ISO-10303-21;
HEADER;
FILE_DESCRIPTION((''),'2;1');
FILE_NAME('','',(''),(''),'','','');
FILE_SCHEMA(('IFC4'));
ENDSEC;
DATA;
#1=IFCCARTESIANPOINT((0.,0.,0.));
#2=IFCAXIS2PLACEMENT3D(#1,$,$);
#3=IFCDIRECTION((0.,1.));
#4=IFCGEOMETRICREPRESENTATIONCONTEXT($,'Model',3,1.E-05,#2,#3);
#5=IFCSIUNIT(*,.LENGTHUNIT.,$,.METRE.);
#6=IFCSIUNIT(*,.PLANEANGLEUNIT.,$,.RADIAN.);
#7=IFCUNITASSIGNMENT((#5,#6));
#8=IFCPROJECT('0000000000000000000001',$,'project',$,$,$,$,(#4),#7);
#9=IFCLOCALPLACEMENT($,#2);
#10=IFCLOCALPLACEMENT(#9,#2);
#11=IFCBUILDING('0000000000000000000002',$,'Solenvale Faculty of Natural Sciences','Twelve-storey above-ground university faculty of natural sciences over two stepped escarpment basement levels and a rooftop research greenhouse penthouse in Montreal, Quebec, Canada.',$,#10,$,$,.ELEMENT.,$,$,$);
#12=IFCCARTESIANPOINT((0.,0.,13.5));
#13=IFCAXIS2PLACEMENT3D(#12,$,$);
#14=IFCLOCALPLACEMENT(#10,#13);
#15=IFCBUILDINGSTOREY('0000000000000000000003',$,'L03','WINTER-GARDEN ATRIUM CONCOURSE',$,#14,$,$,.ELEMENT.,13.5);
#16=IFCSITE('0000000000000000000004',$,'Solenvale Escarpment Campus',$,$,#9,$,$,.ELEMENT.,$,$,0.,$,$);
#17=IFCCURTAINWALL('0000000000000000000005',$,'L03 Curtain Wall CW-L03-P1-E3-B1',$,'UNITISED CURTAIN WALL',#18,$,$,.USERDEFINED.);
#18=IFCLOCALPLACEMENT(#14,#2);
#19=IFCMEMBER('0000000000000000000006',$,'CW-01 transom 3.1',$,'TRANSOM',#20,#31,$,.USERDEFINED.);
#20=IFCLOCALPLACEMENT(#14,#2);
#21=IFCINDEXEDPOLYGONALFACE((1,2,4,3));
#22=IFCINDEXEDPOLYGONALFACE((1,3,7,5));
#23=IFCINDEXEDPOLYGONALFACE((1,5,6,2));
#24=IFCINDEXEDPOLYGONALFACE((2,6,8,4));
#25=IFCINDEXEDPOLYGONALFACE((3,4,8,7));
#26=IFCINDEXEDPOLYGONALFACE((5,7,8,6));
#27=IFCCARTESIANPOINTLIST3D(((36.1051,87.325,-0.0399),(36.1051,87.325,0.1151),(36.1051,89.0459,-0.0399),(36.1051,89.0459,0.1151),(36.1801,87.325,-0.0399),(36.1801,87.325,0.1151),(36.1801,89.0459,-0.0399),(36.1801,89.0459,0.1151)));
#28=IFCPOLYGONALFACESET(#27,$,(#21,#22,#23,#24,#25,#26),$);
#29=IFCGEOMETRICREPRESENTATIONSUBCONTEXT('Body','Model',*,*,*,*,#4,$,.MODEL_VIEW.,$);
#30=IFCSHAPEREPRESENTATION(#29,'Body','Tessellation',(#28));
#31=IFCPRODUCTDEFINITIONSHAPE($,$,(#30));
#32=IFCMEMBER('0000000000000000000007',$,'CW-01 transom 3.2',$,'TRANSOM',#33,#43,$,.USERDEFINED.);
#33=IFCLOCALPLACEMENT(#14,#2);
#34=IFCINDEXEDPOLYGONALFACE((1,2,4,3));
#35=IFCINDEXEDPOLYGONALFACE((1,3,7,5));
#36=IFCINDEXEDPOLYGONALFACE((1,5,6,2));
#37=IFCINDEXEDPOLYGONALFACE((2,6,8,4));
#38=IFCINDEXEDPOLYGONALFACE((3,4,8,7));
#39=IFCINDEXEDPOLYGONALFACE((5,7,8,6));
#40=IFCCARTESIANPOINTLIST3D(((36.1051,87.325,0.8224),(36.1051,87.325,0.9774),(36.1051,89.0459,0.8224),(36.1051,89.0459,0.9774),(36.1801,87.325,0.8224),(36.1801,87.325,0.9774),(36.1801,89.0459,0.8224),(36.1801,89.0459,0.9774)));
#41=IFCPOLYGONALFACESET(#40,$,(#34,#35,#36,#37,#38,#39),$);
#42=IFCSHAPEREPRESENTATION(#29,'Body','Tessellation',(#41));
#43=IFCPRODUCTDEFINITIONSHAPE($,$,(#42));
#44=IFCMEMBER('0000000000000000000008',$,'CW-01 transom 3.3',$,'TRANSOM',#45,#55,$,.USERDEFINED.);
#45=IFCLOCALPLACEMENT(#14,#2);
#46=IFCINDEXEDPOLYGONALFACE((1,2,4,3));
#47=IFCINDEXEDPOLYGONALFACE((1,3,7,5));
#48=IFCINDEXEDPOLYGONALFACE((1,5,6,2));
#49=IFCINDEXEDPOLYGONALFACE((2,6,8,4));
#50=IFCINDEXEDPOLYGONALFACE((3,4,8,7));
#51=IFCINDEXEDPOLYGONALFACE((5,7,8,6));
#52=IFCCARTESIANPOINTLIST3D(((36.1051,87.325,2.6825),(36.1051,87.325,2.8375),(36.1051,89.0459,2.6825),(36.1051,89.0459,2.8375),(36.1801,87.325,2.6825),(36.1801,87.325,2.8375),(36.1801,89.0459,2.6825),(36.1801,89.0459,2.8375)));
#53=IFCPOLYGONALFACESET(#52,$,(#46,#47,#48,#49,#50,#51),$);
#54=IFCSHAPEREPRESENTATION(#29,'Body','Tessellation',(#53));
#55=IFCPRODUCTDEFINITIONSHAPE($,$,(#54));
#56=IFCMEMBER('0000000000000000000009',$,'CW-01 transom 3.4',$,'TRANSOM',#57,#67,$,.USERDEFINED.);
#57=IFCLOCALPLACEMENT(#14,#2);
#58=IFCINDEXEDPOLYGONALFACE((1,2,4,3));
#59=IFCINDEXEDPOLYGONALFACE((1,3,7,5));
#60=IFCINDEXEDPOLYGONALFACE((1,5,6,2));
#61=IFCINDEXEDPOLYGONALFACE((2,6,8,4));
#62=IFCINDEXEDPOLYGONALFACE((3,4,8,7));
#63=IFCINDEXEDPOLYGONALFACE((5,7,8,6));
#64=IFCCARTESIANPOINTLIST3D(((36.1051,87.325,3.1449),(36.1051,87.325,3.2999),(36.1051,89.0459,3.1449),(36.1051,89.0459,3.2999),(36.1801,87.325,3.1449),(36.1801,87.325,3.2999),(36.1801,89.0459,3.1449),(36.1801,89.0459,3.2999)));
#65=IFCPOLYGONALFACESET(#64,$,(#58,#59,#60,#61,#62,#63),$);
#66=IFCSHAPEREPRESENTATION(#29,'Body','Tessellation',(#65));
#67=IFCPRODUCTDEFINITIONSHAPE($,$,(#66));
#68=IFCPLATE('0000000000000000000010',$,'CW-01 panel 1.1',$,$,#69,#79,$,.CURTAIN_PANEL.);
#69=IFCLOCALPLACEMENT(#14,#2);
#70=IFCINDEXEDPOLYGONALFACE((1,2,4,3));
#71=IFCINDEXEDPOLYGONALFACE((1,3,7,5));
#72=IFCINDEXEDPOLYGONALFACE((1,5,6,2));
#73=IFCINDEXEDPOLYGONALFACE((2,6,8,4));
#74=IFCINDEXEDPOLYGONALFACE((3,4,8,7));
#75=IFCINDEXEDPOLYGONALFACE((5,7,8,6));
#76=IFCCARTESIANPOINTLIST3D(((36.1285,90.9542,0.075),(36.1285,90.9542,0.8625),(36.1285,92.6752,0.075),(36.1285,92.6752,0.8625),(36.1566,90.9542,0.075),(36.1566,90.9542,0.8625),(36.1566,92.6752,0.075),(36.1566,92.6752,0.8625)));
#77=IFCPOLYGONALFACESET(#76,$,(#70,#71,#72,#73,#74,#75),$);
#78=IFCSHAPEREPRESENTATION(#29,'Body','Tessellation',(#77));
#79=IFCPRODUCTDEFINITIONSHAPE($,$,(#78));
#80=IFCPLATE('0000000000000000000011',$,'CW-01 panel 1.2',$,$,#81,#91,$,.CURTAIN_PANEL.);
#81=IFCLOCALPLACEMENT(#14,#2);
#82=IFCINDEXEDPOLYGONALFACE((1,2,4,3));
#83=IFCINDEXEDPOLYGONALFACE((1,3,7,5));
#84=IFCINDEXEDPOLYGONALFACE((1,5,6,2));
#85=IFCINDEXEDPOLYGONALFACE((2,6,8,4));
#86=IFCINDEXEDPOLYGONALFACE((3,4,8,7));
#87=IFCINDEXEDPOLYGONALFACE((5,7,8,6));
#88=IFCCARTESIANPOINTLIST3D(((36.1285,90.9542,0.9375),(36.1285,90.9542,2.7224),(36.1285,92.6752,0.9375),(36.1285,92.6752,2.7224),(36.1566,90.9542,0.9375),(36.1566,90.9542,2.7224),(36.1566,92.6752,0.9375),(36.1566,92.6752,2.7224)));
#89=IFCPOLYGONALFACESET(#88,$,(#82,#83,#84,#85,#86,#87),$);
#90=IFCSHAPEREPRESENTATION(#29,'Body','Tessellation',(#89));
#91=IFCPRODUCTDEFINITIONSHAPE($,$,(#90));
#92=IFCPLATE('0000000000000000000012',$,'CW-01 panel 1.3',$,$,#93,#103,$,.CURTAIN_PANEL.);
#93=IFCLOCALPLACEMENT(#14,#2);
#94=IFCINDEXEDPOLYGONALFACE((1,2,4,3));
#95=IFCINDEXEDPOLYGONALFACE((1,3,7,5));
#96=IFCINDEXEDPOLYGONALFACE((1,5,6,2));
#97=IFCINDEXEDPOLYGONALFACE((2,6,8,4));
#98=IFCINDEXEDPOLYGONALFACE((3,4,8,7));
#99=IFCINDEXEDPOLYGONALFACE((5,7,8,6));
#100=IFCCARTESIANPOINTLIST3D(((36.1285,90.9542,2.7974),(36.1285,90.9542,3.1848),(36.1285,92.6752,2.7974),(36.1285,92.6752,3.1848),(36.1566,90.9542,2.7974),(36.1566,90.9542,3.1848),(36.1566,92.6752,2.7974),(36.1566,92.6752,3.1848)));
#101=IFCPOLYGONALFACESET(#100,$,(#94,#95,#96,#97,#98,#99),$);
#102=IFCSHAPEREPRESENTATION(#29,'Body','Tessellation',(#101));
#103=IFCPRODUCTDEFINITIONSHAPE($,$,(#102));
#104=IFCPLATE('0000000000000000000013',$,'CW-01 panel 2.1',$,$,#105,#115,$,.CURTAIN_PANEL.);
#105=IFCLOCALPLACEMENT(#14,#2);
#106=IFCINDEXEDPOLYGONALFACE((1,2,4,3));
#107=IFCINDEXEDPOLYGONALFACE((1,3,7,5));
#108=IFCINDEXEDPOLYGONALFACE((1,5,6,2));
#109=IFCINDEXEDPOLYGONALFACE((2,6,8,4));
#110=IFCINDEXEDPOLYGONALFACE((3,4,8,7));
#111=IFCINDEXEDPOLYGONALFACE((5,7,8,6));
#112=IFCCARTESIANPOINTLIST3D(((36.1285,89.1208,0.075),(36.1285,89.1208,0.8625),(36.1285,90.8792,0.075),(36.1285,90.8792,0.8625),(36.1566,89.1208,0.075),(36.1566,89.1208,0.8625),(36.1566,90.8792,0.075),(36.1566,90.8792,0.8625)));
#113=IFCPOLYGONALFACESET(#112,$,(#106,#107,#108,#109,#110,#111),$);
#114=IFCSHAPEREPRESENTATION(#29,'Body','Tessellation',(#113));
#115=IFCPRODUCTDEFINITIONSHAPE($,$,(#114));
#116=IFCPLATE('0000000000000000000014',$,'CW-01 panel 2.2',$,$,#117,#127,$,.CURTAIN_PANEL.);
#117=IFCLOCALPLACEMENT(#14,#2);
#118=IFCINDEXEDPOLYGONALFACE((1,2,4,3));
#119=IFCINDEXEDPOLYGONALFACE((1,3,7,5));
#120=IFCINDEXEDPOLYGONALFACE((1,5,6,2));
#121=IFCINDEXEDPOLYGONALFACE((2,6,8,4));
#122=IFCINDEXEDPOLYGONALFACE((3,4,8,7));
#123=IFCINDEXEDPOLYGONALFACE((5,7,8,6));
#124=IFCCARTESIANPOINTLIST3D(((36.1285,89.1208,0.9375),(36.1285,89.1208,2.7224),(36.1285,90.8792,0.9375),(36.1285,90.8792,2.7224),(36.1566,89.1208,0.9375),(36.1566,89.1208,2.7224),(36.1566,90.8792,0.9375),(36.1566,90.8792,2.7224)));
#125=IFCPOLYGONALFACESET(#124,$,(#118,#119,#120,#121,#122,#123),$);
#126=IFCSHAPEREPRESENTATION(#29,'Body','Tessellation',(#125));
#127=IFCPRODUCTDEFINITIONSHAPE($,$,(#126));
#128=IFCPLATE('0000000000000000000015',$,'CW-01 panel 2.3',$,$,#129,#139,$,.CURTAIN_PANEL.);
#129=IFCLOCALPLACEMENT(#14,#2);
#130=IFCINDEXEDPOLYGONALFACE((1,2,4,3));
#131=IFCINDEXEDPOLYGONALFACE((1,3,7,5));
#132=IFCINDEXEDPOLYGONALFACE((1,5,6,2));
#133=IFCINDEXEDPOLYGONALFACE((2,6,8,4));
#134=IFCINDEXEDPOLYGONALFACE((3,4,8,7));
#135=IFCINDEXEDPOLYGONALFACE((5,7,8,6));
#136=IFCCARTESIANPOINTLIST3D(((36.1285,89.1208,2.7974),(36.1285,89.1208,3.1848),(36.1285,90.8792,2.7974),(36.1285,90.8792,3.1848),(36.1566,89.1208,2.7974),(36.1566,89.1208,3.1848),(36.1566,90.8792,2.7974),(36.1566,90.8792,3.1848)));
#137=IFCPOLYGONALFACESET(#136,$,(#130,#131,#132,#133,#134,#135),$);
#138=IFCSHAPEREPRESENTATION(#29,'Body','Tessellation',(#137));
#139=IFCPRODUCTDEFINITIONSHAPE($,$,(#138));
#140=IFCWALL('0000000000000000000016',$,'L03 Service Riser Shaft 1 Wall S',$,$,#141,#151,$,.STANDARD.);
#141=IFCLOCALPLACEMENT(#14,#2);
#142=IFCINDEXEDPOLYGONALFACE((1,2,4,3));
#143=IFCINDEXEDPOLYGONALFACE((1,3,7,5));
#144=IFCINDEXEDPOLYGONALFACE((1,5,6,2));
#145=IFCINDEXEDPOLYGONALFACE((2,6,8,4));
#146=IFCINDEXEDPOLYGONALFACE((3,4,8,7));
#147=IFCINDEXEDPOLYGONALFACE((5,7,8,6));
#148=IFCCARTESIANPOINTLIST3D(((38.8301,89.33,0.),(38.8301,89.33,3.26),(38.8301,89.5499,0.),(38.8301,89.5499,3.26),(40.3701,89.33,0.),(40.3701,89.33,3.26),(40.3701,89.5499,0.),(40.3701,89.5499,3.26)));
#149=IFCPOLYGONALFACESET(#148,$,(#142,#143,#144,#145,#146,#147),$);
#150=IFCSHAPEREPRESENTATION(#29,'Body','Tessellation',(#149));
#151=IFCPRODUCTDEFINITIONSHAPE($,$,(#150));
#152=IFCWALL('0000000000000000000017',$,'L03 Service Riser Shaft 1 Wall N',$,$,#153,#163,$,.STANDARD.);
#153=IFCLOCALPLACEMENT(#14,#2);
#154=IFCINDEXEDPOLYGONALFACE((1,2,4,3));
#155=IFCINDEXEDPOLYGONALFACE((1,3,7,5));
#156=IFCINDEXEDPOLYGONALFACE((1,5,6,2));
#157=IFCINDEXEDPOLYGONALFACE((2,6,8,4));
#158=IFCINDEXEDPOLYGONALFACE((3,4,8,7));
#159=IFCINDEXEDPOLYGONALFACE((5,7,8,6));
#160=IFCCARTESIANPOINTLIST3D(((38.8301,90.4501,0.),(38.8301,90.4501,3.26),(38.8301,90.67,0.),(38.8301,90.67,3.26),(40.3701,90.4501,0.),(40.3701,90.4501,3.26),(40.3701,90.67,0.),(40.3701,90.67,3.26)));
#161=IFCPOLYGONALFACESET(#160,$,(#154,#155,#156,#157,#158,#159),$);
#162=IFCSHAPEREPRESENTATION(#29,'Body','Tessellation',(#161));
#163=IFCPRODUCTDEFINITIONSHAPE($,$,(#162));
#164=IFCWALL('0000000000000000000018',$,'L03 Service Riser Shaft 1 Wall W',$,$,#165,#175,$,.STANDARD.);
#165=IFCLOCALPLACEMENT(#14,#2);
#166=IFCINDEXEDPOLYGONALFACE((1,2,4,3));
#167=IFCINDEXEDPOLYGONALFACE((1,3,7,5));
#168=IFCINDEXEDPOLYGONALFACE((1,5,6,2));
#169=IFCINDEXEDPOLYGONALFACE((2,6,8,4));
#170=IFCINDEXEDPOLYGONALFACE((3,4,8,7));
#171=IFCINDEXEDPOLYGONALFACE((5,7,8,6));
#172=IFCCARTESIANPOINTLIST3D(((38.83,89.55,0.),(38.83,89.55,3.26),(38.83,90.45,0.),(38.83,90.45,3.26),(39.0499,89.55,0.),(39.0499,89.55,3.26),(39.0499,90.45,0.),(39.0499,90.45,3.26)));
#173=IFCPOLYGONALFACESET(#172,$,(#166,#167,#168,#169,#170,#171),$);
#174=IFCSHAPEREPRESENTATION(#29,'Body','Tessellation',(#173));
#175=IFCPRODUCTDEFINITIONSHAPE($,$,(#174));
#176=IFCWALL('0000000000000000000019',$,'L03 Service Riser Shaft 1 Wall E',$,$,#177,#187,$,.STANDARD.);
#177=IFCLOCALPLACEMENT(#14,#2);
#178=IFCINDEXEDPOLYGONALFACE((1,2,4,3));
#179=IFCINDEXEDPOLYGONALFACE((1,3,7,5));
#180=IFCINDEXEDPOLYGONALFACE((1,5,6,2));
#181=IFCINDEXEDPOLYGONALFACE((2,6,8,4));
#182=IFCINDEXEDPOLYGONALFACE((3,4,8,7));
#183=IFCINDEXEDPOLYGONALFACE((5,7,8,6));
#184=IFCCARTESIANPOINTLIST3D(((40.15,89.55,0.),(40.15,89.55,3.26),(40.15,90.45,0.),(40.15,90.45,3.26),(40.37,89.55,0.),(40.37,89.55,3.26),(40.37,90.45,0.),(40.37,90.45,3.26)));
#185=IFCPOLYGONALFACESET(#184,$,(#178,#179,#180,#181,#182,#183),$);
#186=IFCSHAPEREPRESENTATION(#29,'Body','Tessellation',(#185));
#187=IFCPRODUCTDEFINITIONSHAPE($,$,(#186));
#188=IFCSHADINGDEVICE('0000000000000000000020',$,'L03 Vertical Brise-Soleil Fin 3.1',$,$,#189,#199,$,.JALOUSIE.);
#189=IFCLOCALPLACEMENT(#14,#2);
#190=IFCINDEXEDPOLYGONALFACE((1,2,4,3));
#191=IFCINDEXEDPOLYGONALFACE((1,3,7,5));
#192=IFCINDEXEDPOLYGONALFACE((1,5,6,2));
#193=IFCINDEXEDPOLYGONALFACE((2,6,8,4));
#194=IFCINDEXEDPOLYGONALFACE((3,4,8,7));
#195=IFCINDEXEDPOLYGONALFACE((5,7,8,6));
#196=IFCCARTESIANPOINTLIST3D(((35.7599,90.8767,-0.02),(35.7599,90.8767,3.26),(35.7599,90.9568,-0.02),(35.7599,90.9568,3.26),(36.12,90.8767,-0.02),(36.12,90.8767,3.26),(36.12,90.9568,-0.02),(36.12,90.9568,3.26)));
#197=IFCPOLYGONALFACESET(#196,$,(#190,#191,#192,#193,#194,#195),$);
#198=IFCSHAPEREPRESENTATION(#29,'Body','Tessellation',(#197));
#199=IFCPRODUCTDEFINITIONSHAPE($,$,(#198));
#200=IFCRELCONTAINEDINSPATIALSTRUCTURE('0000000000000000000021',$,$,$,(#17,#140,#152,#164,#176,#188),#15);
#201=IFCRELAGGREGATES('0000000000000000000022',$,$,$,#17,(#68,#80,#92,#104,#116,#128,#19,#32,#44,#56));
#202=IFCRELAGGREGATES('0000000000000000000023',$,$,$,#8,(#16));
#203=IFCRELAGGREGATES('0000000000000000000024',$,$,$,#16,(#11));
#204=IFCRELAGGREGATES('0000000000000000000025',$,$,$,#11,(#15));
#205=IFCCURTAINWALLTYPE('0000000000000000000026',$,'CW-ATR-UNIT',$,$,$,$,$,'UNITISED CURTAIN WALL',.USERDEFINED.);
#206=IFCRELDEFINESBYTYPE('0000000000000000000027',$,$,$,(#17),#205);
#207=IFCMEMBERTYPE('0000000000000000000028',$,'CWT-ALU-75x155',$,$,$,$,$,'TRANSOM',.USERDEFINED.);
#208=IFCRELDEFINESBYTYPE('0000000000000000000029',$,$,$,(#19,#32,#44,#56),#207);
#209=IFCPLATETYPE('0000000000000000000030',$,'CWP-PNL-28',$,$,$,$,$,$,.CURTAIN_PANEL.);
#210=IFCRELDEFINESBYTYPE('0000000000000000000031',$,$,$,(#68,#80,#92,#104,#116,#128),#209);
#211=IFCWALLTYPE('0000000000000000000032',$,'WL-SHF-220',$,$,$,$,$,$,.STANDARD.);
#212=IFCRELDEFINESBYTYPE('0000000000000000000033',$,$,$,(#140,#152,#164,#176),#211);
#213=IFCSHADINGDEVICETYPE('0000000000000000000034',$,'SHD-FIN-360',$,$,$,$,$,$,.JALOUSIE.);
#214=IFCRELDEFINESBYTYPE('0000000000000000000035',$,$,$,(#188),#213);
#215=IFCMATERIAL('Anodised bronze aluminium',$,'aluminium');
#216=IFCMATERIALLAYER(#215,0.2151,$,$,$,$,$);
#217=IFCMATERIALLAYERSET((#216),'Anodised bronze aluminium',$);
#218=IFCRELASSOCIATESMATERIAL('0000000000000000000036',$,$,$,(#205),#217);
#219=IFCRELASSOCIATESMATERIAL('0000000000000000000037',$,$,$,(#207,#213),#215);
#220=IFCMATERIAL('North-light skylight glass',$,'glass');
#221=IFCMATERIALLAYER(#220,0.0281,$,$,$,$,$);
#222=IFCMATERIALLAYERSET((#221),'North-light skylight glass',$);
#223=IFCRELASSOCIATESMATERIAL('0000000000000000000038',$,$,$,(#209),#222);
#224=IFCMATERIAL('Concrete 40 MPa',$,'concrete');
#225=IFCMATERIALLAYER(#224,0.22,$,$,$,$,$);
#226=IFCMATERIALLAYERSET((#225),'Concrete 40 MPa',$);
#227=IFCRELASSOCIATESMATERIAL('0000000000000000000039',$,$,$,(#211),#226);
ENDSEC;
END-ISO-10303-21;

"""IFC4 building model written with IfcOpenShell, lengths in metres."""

from ifc_helpers import new_model, si_unit, direction, frame, frame_2d, origin, origin_2d, place, context, subcontext, project, spatial, rectangle, extrude, material, layer, layer_set, material_profile, profile_set, type_object, element, aggregate, save


model = new_model("IFC4")

# Units and contexts
model_context = context("Model", 3, precision=1e-05, world=origin(), true_north=direction((0.0, 1.0)))
body_context = subcontext(model_context, "Body", "Model", "MODEL_VIEW")
ifc_project = project(units=[si_unit("LENGTHUNIT", "METRE"), si_unit("PLANEANGLEUNIT", "RADIAN")], contexts=[model_context])

# Site, building, storey
site_placement = place(None, origin())
site = spatial("IfcSite", under=ifc_project, at=site_placement, Name="Solenvale Escarpment Campus", CompositionType="ELEMENT", RefElevation=0.0)
building_placement = place(site_placement, origin())
building = spatial("IfcBuilding", under=site, at=building_placement, Name="Solenvale Faculty of Natural Sciences", Description="Twelve-storey above-ground university faculty of natural sciences over two stepped escarpment basement levels and a rooftop research greenhouse penthouse in Montreal, Quebec, Canada.", CompositionType="ELEMENT")
storey_placement = place(building_placement, frame((0.0, 0.0, 13.5)))
storey = spatial("IfcBuildingStorey", under=building, at=storey_placement, Name="L03", Description="WINTER-GARDEN ATRIUM CONCOURSE", CompositionType="ELEMENT", Elevation=13.5)

# Curtain wall, members, plates
ifc_material_1 = material(Name="Anodised bronze aluminium", Category="aluminium")
ifc_layer_1 = layer(ifc_material_1, 0.2151)
ifc_layer_set_1 = layer_set([ifc_layer_1], Name="Anodised bronze aluminium")
curtain_wall_type = type_object("IfcCurtainWallType", Name="CW-ATR-UNIT", ElementType="UNITISED CURTAIN WALL", PredefinedType="USERDEFINED", material=ifc_layer_set_1)
curtain_wall_placement = place(storey_placement, origin())
curtain_wall = element("IfcCurtainWall", 1, at=curtain_wall_placement, inside=storey, type_object=curtain_wall_type, Name="L03 Curtain Wall CW-L03-P1-E3-B1", ObjectType="UNITISED CURTAIN WALL", PredefinedType="USERDEFINED")
ifc_material_profile_1 = material_profile(ifc_material_1, rectangle(XDim=0.075, YDim=0.155, at=origin_2d()), Name="ALU-TRN-75x155")
ifc_profile_set_1 = profile_set([ifc_material_profile_1], Name="Anodised bronze aluminium")
member_type_1 = type_object("IfcMemberType", Name="CWT-ALU-75x155", ElementType="TRANSOM", PredefinedType="USERDEFINED", material=ifc_profile_set_1)
member_1_placement = place(storey_placement, frame((36.1426, 89.0459, 0.0376), z_axis=(0.0, -1.0, 0.0), x_axis=(1.0, 0.0, 0.0)))
member_1 = element("IfcMember", 2, at=member_1_placement, type_object=member_type_1, Name="CW-01 transom 3.1", ObjectType="TRANSOM", PredefinedType="USERDEFINED", context=body_context, shape_type="SweptSolid", body=[
    extrude(rectangle(XDim=0.075, YDim=0.155, at=origin_2d()), origin(), (0.0, 0.0, 1.0), 1.7209),
])
member_2_placement = place(storey_placement, frame((36.1426, 89.0459, 0.8999), z_axis=(0.0, -1.0, 0.0), x_axis=(1.0, 0.0, 0.0)))
member_2 = element("IfcMember", 3, at=member_2_placement, type_object=member_type_1, Name="CW-01 transom 3.2", ObjectType="TRANSOM", PredefinedType="USERDEFINED", context=body_context, shape_type="SweptSolid", body=[
    extrude(rectangle(XDim=0.075, YDim=0.155, at=origin_2d()), origin(), (0.0, 0.0, 1.0), 1.7209),
])
member_3_placement = place(storey_placement, frame((36.1426, 89.0459, 2.76), z_axis=(0.0, -1.0, 0.0), x_axis=(1.0, 0.0, 0.0)))
member_3 = element("IfcMember", 4, at=member_3_placement, type_object=member_type_1, Name="CW-01 transom 3.3", ObjectType="TRANSOM", PredefinedType="USERDEFINED", context=body_context, shape_type="SweptSolid", body=[
    extrude(rectangle(XDim=0.075, YDim=0.155, at=origin_2d()), origin(), (0.0, 0.0, 1.0), 1.7209),
])
member_4_placement = place(storey_placement, frame((36.1426, 89.0459, 3.2224), z_axis=(0.0, -1.0, 0.0), x_axis=(1.0, 0.0, 0.0)))
member_4 = element("IfcMember", 5, at=member_4_placement, type_object=member_type_1, Name="CW-01 transom 3.4", ObjectType="TRANSOM", PredefinedType="USERDEFINED", context=body_context, shape_type="SweptSolid", body=[
    extrude(rectangle(XDim=0.075, YDim=0.155, at=origin_2d()), origin(), (0.0, 0.0, 1.0), 1.7209),
])
ifc_material_2 = material(Name="North-light skylight glass", Category="glass")
ifc_layer_2 = layer(ifc_material_2, 0.0281)
ifc_layer_set_2 = layer_set([ifc_layer_2], Name="North-light skylight glass")
plate_type = type_object("IfcPlateType", Name="CWP-PNL-28", PredefinedType="CURTAIN_PANEL", material=ifc_layer_set_2)
plate_1_placement = place(storey_placement, frame((36.1426, 91.8147, 0.075), z_axis=(0.0, 0.0, 1.0), x_axis=(0.0, -1.0, 0.0)))
plate_1 = element("IfcPlate", 6, at=plate_1_placement, type_object=plate_type, Name="CW-01 panel 1.1", PredefinedType="CURTAIN_PANEL", context=body_context, shape_type="SweptSolid", body=[
    extrude(rectangle(XDim=1.7209, YDim=0.0281, at=origin_2d()), origin(), (0.0, 0.0, 1.0), 0.7876),
])
plate_2_placement = place(storey_placement, frame((36.1426, 91.8147, 0.9375), z_axis=(0.0, 0.0, 1.0), x_axis=(0.0, -1.0, 0.0)))
plate_2 = element("IfcPlate", 7, at=plate_2_placement, type_object=plate_type, Name="CW-01 panel 1.2", PredefinedType="CURTAIN_PANEL", context=body_context, shape_type="SweptSolid", body=[
    extrude(rectangle(XDim=1.7209, YDim=0.0281, at=origin_2d()), origin(), (0.0, 0.0, 1.0), 1.7849),
])
plate_3_placement = place(storey_placement, frame((36.1426, 91.8147, 2.7974), z_axis=(0.0, 0.0, 1.0), x_axis=(0.0, -1.0, 0.0)))
plate_3 = element("IfcPlate", 8, at=plate_3_placement, type_object=plate_type, Name="CW-01 panel 1.3", PredefinedType="CURTAIN_PANEL", context=body_context, shape_type="SweptSolid", body=[
    extrude(rectangle(XDim=1.7209, YDim=0.0281, at=origin_2d()), origin(), (0.0, 0.0, 1.0), 0.3875),
])
plate_4_placement = place(storey_placement, frame((36.1426, 90.0, 0.075), z_axis=(0.0, 0.0, 1.0), x_axis=(0.0, -1.0, 0.0)))
plate_4 = element("IfcPlate", 9, at=plate_4_placement, type_object=plate_type, Name="CW-01 panel 2.1", PredefinedType="CURTAIN_PANEL", context=body_context, shape_type="SweptSolid", body=[
    extrude(rectangle(XDim=1.7583, YDim=0.0281, at=origin_2d()), origin(), (0.0, 0.0, 1.0), 0.7876),
])
plate_5_placement = place(storey_placement, frame((36.1426, 90.0, 0.9375), z_axis=(0.0, 0.0, 1.0), x_axis=(0.0, -1.0, 0.0)))
plate_5 = element("IfcPlate", 10, at=plate_5_placement, type_object=plate_type, Name="CW-01 panel 2.2", PredefinedType="CURTAIN_PANEL", context=body_context, shape_type="SweptSolid", body=[
    extrude(rectangle(XDim=1.7583, YDim=0.0281, at=origin_2d()), origin(), (0.0, 0.0, 1.0), 1.7849),
])
plate_6_placement = place(storey_placement, frame((36.1426, 90.0, 2.7974), z_axis=(0.0, 0.0, 1.0), x_axis=(0.0, -1.0, 0.0)))
plate_6 = element("IfcPlate", 11, at=plate_6_placement, type_object=plate_type, Name="CW-01 panel 2.3", PredefinedType="CURTAIN_PANEL", context=body_context, shape_type="SweptSolid", body=[
    extrude(rectangle(XDim=1.7583, YDim=0.0281, at=origin_2d()), origin(), (0.0, 0.0, 1.0), 0.3875),
])
aggregate(curtain_wall, [plate_1, plate_2, plate_3, plate_4, plate_5, plate_6, member_1, member_2, member_3, member_4])

# Walls
ifc_material_3 = material(Name="Concrete 40 MPa", Category="concrete")
ifc_layer_3 = layer(ifc_material_3, 0.22)
ifc_layer_set_3 = layer_set([ifc_layer_3], Name="Concrete 40 MPa")
wall_type = type_object("IfcWallType", Name="WL-SHF-220", PredefinedType="STANDARD", material=ifc_layer_set_3)
for number, where, z_axis, x_axis, name in (
    (12, (38.8301, 89.4399, 0.0), (0.0, 0.0, 1.0), (1.0, 0.0, 0.0), "L03 Service Riser Shaft 1 Wall S"),
    (13, (38.8301, 90.5601, 0.0), (0.0, 0.0, 1.0), (1.0, 0.0, 0.0), "L03 Service Riser Shaft 1 Wall N"),
):
    element("IfcWall", number, at=place(storey_placement, frame(where, z_axis=z_axis, x_axis=x_axis)), inside=storey, type_object=wall_type, Name=name, PredefinedType="STANDARD", context=body_context, shape_type="SweptSolid", body=[
        extrude(rectangle(XDim=1.54, YDim=0.22, at=frame_2d((0.77, 0.0))), origin(), (0.0, 0.0, 1.0), 3.26),
    ])
for number, where, z_axis, x_axis, name in (
    (14, (38.9399, 89.55, 0.0), (0.0, 0.0, 1.0), (0.0, 1.0, 0.0), "L03 Service Riser Shaft 1 Wall W"),
    (15, (40.26, 89.55, 0.0), (0.0, 0.0, 1.0), (0.0, 1.0, 0.0), "L03 Service Riser Shaft 1 Wall E"),
):
    element("IfcWall", number, at=place(storey_placement, frame(where, z_axis=z_axis, x_axis=x_axis)), inside=storey, type_object=wall_type, Name=name, PredefinedType="STANDARD", context=body_context, shape_type="SweptSolid", body=[
        extrude(rectangle(XDim=0.8999, YDim=0.22, at=frame_2d((0.45, 0.0))), origin(), (0.0, 0.0, 1.0), 3.26),
    ])

# Shading device
ifc_material_profile_2 = material_profile(ifc_material_1, rectangle(XDim=0.0801, YDim=0.3601, at=origin_2d()), Name="ALU-FIN-80x360")
ifc_profile_set_2 = profile_set([ifc_material_profile_2], Name="Anodised bronze aluminium")
shading_device_type = type_object("IfcShadingDeviceType", Name="SHD-FIN-360", PredefinedType="JALOUSIE", material=ifc_profile_set_2)
shading_device_placement = place(storey_placement, frame((35.9399, 90.9167, -0.02), z_axis=(0.0, 0.0, 1.0), x_axis=(0.0, 1.0, 0.0)))
element("IfcShadingDevice", 16, at=shading_device_placement, inside=storey, type_object=shading_device_type, Name="L03 Vertical Brise-Soleil Fin 3.1", PredefinedType="JALOUSIE", context=body_context, shape_type="SweptSolid", body=[
    extrude(rectangle(XDim=0.0801, YDim=0.3601, at=origin_2d()), origin(), (0.0, 0.0, 1.0), 3.28),
])

save(model, "model.ifc")
